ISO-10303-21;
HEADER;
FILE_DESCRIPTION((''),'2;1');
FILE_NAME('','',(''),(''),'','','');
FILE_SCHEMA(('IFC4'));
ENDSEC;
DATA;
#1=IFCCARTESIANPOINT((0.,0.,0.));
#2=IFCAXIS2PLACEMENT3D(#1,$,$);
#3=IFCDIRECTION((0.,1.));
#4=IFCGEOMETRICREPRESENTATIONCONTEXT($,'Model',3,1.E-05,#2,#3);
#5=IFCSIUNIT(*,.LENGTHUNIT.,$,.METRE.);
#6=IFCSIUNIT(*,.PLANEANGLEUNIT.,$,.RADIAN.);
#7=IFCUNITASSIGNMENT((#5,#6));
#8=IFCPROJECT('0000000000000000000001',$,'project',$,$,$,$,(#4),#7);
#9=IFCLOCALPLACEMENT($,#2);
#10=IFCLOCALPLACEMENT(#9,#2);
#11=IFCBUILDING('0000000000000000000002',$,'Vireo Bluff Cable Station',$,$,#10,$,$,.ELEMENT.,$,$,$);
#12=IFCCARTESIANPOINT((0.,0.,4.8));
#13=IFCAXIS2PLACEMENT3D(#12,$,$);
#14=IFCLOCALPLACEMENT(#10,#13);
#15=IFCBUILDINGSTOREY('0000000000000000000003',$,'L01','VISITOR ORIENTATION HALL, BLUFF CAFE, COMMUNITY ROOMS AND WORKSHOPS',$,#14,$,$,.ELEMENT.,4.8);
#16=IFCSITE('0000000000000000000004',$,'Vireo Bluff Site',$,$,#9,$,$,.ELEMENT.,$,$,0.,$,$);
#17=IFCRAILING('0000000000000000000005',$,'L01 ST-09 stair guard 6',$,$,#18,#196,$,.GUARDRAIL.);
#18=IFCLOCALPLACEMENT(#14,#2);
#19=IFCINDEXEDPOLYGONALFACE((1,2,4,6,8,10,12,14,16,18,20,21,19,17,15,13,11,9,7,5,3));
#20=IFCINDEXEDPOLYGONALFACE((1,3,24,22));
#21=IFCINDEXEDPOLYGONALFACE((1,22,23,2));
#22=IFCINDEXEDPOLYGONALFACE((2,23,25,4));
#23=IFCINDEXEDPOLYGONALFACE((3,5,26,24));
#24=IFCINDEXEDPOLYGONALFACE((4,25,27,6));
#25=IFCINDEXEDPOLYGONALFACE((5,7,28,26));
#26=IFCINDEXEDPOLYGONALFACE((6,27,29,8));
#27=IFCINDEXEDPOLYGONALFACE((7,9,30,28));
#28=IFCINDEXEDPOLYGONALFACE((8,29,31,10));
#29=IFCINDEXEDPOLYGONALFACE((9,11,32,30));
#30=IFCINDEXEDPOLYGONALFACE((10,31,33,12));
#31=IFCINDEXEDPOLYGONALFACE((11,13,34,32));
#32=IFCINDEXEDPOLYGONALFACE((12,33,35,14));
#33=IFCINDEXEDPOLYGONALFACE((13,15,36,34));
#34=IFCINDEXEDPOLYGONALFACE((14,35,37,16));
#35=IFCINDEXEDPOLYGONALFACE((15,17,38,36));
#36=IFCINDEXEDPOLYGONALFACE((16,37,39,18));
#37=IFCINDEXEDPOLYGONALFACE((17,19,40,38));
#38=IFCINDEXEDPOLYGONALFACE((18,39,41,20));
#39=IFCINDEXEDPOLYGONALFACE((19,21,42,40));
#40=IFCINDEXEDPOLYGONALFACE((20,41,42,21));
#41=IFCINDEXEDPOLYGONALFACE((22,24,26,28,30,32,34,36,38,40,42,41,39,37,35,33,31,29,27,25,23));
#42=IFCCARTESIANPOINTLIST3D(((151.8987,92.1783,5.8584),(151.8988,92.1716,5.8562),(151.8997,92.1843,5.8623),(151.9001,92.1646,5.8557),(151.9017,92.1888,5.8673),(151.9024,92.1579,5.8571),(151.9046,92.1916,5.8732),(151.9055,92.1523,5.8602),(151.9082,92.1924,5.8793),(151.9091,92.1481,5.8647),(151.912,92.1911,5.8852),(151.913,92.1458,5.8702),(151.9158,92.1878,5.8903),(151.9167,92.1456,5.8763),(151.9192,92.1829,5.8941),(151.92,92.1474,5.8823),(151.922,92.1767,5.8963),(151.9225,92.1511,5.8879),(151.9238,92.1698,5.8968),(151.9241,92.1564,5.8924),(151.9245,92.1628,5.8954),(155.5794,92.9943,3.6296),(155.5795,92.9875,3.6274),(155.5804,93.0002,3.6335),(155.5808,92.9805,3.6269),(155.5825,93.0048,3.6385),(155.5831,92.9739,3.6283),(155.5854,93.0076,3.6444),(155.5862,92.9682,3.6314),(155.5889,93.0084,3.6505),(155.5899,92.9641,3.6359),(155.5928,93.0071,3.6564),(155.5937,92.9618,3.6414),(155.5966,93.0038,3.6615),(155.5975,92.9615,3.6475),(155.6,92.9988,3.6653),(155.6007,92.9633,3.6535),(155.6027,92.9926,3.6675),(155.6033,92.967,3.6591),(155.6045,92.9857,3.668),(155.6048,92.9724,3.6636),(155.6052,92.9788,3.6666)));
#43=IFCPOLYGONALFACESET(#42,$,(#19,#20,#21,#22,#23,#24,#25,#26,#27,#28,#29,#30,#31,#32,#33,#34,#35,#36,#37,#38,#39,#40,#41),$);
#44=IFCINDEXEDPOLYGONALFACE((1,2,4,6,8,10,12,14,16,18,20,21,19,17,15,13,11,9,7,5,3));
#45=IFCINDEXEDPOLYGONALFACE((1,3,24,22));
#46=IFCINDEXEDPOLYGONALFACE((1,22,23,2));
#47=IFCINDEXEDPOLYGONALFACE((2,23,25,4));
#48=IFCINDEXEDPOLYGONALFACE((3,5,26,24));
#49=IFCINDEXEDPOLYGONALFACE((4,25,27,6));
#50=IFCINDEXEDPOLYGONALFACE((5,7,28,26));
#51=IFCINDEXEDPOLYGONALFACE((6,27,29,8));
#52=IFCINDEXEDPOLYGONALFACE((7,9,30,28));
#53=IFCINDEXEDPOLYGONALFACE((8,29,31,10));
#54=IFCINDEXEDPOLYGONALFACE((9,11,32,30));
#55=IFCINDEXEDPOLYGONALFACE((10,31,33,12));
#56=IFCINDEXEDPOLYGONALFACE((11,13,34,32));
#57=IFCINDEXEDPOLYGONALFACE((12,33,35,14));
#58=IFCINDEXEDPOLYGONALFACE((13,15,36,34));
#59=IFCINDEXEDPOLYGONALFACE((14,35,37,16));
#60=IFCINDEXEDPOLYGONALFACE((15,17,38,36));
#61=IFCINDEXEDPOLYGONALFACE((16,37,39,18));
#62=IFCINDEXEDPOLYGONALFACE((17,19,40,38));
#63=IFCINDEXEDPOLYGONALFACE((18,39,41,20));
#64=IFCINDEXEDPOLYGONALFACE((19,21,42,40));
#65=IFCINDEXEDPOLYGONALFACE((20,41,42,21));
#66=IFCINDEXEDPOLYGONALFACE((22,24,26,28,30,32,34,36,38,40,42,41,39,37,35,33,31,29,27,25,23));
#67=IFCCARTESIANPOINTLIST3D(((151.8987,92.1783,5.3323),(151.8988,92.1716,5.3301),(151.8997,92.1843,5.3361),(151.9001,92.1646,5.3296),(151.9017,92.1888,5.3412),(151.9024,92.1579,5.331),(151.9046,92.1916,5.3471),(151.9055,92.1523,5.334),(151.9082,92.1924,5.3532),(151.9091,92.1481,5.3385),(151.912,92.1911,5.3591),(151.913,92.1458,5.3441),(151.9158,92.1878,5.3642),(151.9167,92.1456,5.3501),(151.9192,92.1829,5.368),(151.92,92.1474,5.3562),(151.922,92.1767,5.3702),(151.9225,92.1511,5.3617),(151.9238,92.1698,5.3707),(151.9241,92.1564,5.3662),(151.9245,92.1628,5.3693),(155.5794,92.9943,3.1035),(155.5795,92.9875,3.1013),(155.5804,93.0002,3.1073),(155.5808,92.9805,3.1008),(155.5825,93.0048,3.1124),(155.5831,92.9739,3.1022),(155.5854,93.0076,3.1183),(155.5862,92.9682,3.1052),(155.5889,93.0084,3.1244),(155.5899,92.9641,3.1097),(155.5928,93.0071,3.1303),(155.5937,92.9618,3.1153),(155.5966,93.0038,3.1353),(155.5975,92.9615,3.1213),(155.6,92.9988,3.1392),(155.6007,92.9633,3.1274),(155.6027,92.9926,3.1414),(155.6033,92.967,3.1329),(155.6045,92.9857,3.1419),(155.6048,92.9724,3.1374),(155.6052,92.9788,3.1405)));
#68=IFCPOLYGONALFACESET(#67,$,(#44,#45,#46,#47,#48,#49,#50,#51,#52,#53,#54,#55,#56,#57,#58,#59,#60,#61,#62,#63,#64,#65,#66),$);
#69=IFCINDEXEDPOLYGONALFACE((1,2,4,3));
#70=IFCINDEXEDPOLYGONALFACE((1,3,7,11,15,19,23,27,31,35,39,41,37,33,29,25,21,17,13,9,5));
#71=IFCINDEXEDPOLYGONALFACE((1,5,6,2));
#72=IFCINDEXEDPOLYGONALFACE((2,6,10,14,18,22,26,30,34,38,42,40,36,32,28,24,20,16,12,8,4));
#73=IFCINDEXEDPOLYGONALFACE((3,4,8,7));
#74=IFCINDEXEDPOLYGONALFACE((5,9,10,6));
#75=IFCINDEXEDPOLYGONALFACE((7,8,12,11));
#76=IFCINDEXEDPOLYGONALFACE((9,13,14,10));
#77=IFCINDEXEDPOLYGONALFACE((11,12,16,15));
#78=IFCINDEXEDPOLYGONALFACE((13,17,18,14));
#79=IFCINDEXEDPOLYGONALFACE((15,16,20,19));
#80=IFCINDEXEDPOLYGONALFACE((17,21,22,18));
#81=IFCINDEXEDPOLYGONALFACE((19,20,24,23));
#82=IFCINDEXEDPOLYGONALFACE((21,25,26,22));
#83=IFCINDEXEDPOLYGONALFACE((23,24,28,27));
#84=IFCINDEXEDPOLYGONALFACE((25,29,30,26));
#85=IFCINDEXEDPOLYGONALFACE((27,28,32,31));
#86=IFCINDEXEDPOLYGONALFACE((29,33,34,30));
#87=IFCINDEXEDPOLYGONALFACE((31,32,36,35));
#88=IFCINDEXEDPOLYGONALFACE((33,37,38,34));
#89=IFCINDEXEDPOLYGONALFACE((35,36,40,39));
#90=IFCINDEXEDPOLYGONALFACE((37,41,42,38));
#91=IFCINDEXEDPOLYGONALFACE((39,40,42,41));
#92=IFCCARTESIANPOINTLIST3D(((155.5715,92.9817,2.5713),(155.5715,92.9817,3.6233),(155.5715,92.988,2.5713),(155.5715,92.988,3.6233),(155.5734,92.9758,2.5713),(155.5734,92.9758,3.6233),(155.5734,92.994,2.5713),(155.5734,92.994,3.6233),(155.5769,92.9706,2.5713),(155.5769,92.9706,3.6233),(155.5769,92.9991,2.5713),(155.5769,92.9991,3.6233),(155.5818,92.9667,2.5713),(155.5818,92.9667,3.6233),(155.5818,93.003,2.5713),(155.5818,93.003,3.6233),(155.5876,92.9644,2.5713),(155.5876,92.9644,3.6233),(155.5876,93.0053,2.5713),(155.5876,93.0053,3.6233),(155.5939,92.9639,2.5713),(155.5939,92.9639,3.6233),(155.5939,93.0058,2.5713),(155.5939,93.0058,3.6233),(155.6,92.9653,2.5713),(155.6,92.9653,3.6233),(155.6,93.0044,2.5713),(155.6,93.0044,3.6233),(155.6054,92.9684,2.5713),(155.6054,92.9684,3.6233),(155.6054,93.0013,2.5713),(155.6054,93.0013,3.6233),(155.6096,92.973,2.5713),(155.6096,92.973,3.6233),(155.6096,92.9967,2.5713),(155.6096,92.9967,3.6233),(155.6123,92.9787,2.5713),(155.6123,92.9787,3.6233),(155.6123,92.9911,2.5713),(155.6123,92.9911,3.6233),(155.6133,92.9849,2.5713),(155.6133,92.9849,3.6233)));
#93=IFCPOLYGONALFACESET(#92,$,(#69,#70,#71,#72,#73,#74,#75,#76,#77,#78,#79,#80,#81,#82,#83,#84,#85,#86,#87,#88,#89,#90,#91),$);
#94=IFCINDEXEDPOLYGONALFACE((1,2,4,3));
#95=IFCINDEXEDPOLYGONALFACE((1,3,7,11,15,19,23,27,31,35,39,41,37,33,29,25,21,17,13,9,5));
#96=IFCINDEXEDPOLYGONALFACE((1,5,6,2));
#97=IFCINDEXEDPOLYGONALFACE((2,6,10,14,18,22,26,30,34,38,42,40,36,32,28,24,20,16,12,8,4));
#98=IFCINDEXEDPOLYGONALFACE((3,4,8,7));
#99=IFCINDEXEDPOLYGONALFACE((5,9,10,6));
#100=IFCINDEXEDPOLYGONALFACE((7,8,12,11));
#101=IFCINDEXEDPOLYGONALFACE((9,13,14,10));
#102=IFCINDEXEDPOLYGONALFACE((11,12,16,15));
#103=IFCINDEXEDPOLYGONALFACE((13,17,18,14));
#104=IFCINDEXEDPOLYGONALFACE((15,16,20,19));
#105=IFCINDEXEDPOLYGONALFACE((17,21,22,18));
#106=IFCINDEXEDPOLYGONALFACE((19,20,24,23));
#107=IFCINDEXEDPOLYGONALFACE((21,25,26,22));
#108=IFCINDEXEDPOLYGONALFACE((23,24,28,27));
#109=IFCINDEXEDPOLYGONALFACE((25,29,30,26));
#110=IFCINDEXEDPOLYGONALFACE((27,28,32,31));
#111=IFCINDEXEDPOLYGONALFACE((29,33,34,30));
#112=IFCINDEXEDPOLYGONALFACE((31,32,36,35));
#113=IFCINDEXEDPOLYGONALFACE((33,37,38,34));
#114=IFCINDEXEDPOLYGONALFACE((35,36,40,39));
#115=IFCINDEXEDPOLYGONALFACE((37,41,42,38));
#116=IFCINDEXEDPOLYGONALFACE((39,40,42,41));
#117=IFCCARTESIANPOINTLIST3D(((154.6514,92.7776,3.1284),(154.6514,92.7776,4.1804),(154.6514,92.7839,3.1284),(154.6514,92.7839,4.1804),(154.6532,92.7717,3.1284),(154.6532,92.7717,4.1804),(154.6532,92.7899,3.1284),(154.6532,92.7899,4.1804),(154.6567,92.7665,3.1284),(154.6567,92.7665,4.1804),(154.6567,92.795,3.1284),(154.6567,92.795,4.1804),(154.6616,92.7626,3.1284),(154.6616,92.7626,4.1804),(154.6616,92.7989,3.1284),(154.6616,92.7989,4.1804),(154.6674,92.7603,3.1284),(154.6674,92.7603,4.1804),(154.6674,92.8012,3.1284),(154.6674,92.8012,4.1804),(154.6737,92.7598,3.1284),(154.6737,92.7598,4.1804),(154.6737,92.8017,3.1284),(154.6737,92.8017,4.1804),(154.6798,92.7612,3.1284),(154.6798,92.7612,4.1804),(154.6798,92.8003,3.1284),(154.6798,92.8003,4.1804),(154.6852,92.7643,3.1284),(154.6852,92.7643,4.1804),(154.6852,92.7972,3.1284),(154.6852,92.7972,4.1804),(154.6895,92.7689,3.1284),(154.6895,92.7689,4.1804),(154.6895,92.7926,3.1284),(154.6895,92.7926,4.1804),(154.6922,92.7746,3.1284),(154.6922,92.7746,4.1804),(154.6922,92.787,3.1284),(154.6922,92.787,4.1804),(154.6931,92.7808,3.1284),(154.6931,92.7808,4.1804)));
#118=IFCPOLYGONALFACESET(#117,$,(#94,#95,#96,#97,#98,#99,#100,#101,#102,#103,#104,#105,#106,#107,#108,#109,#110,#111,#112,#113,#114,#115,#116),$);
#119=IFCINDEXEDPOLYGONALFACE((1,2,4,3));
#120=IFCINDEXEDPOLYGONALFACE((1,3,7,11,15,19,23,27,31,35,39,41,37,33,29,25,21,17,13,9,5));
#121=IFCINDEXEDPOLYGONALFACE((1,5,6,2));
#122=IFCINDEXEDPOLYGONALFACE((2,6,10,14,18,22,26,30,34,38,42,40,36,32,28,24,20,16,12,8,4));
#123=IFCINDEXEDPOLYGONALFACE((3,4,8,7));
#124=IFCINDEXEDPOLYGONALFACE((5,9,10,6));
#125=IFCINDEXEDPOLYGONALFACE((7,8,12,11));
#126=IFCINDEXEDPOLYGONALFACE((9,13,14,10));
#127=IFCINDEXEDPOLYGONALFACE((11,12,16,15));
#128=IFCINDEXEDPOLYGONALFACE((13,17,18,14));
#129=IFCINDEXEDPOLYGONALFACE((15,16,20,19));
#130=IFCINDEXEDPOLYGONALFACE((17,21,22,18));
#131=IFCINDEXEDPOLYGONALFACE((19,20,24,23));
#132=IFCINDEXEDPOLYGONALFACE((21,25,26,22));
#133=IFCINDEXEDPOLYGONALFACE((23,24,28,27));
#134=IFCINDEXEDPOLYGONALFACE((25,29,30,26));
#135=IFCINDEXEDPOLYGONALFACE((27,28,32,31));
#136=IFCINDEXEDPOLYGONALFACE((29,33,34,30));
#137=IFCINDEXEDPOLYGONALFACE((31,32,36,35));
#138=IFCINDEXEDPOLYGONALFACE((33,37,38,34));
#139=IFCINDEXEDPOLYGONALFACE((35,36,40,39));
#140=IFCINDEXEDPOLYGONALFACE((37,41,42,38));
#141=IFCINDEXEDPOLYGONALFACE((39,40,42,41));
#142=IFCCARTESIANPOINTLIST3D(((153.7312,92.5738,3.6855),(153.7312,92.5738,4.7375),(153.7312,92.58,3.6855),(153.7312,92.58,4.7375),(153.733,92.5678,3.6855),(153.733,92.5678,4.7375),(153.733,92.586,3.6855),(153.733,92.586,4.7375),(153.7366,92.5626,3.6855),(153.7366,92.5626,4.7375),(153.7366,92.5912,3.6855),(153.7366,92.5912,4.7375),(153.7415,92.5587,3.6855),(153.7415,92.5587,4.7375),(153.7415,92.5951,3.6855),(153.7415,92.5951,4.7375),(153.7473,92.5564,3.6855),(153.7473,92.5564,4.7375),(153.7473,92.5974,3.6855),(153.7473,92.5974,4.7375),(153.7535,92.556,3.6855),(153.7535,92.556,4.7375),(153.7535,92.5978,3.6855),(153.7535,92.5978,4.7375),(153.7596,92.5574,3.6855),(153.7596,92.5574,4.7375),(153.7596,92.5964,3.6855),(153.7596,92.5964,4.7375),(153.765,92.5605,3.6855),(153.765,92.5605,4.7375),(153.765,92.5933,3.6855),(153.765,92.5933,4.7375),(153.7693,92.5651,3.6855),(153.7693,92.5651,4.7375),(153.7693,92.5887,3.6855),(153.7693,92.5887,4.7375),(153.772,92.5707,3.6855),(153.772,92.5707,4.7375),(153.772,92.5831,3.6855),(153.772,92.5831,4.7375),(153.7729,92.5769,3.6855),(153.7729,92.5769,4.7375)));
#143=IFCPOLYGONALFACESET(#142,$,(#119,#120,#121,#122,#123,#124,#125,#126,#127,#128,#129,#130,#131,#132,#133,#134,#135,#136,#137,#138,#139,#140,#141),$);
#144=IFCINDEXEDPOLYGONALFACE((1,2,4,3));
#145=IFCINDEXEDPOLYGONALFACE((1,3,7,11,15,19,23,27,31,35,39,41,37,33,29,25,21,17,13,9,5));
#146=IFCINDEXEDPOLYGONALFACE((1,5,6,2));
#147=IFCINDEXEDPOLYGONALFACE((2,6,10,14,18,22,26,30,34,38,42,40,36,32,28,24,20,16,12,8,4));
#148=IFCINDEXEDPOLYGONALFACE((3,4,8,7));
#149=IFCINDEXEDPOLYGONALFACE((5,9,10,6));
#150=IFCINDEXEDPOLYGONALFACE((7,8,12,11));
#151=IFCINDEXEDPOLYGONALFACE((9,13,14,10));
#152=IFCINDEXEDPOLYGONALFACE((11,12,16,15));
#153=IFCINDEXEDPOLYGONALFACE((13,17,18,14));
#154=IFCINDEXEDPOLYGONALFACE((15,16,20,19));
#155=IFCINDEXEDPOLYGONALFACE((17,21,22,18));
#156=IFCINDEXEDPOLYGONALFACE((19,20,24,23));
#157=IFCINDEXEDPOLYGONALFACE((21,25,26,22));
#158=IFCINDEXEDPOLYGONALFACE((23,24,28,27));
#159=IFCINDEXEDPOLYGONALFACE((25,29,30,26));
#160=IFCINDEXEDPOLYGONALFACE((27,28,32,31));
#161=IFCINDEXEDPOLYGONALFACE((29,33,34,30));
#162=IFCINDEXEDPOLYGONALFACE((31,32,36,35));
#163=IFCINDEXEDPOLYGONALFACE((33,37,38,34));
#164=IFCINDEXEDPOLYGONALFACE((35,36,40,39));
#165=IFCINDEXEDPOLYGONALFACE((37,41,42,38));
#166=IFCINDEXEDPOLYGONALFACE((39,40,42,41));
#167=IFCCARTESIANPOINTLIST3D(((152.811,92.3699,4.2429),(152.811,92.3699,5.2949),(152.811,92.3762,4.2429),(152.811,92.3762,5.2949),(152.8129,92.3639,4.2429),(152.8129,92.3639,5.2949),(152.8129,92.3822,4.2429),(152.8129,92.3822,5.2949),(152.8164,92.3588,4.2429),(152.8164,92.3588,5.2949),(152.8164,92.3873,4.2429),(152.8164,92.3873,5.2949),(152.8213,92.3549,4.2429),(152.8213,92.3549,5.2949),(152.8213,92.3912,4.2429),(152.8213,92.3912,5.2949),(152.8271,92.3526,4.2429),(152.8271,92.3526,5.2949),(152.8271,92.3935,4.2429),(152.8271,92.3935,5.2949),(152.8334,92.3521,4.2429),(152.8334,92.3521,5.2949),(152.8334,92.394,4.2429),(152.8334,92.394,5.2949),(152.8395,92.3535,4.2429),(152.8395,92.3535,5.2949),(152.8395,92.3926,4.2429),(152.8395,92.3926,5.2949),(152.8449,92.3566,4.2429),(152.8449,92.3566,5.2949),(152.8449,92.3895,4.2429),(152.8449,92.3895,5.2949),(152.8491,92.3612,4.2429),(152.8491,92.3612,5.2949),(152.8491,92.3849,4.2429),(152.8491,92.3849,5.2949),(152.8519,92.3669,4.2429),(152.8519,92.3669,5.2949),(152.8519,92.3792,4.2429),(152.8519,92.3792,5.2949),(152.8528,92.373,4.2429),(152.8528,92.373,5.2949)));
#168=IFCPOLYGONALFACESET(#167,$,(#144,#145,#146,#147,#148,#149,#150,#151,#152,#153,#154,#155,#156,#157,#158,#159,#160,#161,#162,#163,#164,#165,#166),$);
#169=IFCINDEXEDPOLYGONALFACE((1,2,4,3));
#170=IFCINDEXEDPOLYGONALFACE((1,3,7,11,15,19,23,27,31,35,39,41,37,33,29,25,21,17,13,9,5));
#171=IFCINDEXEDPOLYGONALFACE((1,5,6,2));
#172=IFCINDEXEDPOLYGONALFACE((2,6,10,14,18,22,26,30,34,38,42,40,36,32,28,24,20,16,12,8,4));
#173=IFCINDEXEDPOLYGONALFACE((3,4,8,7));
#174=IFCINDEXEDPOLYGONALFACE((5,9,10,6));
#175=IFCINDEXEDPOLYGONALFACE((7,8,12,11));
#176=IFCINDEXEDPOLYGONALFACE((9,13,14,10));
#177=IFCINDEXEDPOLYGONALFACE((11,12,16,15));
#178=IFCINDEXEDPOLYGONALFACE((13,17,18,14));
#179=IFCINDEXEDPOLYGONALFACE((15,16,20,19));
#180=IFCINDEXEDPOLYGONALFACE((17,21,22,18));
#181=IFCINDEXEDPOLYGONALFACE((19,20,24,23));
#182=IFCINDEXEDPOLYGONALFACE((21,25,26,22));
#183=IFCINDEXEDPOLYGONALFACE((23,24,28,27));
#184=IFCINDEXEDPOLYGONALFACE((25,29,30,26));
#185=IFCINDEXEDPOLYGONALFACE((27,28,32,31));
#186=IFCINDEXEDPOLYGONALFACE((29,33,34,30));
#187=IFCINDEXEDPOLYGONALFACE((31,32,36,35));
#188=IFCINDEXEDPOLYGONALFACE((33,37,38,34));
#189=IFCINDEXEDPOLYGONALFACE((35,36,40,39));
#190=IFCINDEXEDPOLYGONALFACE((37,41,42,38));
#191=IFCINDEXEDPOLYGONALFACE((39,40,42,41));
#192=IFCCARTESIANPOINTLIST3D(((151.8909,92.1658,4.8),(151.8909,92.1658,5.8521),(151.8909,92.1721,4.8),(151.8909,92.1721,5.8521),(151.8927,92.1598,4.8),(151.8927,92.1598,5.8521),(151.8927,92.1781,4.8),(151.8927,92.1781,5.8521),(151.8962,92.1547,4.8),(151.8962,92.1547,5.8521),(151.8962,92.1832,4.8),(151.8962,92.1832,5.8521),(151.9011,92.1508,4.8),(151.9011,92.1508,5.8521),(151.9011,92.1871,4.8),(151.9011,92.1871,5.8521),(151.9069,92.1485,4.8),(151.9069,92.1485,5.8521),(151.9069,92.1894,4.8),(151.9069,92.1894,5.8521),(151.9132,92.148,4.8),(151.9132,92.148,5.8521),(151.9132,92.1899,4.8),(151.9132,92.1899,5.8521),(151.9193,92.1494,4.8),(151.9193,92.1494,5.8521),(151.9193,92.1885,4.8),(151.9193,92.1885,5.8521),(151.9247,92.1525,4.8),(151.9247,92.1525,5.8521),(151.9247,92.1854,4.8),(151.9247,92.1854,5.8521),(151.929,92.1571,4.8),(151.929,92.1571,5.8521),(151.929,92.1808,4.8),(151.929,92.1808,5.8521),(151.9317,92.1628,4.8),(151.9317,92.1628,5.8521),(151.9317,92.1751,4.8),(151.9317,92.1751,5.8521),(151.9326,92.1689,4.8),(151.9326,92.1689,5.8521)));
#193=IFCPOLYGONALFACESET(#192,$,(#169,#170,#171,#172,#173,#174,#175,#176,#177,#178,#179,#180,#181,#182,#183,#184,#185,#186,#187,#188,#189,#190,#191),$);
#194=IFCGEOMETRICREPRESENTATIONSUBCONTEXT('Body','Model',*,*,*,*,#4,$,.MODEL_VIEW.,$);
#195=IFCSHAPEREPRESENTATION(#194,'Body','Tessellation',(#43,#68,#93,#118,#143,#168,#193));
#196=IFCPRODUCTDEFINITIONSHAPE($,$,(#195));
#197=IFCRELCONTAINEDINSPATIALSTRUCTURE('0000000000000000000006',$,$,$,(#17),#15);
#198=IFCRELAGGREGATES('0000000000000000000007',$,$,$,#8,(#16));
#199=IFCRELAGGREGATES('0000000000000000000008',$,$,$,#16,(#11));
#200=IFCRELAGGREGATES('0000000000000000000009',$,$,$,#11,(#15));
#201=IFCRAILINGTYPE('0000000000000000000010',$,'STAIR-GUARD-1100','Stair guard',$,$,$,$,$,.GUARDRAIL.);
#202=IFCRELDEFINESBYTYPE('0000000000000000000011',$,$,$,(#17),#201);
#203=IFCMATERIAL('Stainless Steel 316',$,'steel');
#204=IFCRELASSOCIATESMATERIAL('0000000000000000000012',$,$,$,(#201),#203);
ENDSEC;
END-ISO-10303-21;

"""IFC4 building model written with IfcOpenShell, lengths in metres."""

from ifc_helpers import new_model, si_unit, direction, frame, origin, origin_2d, place, context, subcontext, project, spatial, circle, extrude, material, type_object, element, save


model = new_model("IFC4")

# Units and contexts
model_context = context("Model", 3, precision=1e-05, world=origin(), true_north=direction((0.0, 1.0)))
body_context = subcontext(model_context, "Body", "Model", "MODEL_VIEW")
ifc_project = project(units=[si_unit("LENGTHUNIT", "METRE"), si_unit("PLANEANGLEUNIT", "RADIAN")], contexts=[model_context])

# Site, building, storey
site_placement = place(None, origin())
site = spatial("IfcSite", under=ifc_project, at=site_placement, Name="Vireo Bluff Site", CompositionType="ELEMENT", RefElevation=0.0)
building_placement = place(site_placement, origin())
building = spatial("IfcBuilding", under=site, at=building_placement, Name="Vireo Bluff Cable Station", CompositionType="ELEMENT")
storey_placement = place(building_placement, frame((0.0, 0.0, 4.8)))
storey = spatial("IfcBuildingStorey", under=building, at=storey_placement, Name="L01", Description="VISITOR ORIENTATION HALL, BLUFF CAFE, COMMUNITY ROOMS AND WORKSHOPS", CompositionType="ELEMENT", Elevation=4.8)

# Railing
ifc_material_1 = material(Name="Stainless Steel 316", Category="steel")
railing_type_1 = type_object("IfcRailingType", Name="STAIR-GUARD-1100", Description="Stair guard", PredefinedType="GUARDRAIL", material=ifc_material_1)
railing_1_placement = place(storey_placement, frame((155.5923, 92.9849, 2.5713)))
element("IfcRailing", 1, at=railing_1_placement, inside=storey, type_object=railing_type_1, Name="L01 ST-09 stair guard 6", PredefinedType="GUARDRAIL", context=body_context, shape_type="SweptSolid", body=[
    extrude(circle(Radius=0.0239, at=origin_2d()), frame((0.0, 0.0, 1.0762), z_axis=(-0.840422, -0.186302, 0.508903), x_axis=(0.216423, -0.9763, 0.0)), (0.0, 0.0, 1.0), 4.3796),
    extrude(circle(Radius=0.0239, at=origin_2d()), frame((0.0, 0.0, 0.55), z_axis=(-0.840422, -0.186302, 0.508903), x_axis=(0.216423, -0.9763, 0.0)), (0.0, 0.0, 1.0), 4.3796),
    extrude(circle(Radius=0.021, at=origin_2d()), origin(), (0.0, 0.0, 1.0), 1.052),
    extrude(circle(Radius=0.021, at=origin_2d()), frame((-0.9202, -0.2041, 0.5571)), (0.0, 0.0, 1.0), 1.052),
    extrude(circle(Radius=0.021, at=origin_2d()), frame((-1.8403, -0.408, 1.1143)), (0.0, 0.0, 1.0), 1.052),
    extrude(circle(Radius=0.021, at=origin_2d()), frame((-2.7605, -0.6118, 1.6716)), (0.0, 0.0, 1.0), 1.052),
    extrude(circle(Radius=0.021, at=origin_2d()), frame((-3.6807, -0.8159, 2.2288)), (0.0, 0.0, 1.0), 1.052),
])

save(model, "model.ifc")
